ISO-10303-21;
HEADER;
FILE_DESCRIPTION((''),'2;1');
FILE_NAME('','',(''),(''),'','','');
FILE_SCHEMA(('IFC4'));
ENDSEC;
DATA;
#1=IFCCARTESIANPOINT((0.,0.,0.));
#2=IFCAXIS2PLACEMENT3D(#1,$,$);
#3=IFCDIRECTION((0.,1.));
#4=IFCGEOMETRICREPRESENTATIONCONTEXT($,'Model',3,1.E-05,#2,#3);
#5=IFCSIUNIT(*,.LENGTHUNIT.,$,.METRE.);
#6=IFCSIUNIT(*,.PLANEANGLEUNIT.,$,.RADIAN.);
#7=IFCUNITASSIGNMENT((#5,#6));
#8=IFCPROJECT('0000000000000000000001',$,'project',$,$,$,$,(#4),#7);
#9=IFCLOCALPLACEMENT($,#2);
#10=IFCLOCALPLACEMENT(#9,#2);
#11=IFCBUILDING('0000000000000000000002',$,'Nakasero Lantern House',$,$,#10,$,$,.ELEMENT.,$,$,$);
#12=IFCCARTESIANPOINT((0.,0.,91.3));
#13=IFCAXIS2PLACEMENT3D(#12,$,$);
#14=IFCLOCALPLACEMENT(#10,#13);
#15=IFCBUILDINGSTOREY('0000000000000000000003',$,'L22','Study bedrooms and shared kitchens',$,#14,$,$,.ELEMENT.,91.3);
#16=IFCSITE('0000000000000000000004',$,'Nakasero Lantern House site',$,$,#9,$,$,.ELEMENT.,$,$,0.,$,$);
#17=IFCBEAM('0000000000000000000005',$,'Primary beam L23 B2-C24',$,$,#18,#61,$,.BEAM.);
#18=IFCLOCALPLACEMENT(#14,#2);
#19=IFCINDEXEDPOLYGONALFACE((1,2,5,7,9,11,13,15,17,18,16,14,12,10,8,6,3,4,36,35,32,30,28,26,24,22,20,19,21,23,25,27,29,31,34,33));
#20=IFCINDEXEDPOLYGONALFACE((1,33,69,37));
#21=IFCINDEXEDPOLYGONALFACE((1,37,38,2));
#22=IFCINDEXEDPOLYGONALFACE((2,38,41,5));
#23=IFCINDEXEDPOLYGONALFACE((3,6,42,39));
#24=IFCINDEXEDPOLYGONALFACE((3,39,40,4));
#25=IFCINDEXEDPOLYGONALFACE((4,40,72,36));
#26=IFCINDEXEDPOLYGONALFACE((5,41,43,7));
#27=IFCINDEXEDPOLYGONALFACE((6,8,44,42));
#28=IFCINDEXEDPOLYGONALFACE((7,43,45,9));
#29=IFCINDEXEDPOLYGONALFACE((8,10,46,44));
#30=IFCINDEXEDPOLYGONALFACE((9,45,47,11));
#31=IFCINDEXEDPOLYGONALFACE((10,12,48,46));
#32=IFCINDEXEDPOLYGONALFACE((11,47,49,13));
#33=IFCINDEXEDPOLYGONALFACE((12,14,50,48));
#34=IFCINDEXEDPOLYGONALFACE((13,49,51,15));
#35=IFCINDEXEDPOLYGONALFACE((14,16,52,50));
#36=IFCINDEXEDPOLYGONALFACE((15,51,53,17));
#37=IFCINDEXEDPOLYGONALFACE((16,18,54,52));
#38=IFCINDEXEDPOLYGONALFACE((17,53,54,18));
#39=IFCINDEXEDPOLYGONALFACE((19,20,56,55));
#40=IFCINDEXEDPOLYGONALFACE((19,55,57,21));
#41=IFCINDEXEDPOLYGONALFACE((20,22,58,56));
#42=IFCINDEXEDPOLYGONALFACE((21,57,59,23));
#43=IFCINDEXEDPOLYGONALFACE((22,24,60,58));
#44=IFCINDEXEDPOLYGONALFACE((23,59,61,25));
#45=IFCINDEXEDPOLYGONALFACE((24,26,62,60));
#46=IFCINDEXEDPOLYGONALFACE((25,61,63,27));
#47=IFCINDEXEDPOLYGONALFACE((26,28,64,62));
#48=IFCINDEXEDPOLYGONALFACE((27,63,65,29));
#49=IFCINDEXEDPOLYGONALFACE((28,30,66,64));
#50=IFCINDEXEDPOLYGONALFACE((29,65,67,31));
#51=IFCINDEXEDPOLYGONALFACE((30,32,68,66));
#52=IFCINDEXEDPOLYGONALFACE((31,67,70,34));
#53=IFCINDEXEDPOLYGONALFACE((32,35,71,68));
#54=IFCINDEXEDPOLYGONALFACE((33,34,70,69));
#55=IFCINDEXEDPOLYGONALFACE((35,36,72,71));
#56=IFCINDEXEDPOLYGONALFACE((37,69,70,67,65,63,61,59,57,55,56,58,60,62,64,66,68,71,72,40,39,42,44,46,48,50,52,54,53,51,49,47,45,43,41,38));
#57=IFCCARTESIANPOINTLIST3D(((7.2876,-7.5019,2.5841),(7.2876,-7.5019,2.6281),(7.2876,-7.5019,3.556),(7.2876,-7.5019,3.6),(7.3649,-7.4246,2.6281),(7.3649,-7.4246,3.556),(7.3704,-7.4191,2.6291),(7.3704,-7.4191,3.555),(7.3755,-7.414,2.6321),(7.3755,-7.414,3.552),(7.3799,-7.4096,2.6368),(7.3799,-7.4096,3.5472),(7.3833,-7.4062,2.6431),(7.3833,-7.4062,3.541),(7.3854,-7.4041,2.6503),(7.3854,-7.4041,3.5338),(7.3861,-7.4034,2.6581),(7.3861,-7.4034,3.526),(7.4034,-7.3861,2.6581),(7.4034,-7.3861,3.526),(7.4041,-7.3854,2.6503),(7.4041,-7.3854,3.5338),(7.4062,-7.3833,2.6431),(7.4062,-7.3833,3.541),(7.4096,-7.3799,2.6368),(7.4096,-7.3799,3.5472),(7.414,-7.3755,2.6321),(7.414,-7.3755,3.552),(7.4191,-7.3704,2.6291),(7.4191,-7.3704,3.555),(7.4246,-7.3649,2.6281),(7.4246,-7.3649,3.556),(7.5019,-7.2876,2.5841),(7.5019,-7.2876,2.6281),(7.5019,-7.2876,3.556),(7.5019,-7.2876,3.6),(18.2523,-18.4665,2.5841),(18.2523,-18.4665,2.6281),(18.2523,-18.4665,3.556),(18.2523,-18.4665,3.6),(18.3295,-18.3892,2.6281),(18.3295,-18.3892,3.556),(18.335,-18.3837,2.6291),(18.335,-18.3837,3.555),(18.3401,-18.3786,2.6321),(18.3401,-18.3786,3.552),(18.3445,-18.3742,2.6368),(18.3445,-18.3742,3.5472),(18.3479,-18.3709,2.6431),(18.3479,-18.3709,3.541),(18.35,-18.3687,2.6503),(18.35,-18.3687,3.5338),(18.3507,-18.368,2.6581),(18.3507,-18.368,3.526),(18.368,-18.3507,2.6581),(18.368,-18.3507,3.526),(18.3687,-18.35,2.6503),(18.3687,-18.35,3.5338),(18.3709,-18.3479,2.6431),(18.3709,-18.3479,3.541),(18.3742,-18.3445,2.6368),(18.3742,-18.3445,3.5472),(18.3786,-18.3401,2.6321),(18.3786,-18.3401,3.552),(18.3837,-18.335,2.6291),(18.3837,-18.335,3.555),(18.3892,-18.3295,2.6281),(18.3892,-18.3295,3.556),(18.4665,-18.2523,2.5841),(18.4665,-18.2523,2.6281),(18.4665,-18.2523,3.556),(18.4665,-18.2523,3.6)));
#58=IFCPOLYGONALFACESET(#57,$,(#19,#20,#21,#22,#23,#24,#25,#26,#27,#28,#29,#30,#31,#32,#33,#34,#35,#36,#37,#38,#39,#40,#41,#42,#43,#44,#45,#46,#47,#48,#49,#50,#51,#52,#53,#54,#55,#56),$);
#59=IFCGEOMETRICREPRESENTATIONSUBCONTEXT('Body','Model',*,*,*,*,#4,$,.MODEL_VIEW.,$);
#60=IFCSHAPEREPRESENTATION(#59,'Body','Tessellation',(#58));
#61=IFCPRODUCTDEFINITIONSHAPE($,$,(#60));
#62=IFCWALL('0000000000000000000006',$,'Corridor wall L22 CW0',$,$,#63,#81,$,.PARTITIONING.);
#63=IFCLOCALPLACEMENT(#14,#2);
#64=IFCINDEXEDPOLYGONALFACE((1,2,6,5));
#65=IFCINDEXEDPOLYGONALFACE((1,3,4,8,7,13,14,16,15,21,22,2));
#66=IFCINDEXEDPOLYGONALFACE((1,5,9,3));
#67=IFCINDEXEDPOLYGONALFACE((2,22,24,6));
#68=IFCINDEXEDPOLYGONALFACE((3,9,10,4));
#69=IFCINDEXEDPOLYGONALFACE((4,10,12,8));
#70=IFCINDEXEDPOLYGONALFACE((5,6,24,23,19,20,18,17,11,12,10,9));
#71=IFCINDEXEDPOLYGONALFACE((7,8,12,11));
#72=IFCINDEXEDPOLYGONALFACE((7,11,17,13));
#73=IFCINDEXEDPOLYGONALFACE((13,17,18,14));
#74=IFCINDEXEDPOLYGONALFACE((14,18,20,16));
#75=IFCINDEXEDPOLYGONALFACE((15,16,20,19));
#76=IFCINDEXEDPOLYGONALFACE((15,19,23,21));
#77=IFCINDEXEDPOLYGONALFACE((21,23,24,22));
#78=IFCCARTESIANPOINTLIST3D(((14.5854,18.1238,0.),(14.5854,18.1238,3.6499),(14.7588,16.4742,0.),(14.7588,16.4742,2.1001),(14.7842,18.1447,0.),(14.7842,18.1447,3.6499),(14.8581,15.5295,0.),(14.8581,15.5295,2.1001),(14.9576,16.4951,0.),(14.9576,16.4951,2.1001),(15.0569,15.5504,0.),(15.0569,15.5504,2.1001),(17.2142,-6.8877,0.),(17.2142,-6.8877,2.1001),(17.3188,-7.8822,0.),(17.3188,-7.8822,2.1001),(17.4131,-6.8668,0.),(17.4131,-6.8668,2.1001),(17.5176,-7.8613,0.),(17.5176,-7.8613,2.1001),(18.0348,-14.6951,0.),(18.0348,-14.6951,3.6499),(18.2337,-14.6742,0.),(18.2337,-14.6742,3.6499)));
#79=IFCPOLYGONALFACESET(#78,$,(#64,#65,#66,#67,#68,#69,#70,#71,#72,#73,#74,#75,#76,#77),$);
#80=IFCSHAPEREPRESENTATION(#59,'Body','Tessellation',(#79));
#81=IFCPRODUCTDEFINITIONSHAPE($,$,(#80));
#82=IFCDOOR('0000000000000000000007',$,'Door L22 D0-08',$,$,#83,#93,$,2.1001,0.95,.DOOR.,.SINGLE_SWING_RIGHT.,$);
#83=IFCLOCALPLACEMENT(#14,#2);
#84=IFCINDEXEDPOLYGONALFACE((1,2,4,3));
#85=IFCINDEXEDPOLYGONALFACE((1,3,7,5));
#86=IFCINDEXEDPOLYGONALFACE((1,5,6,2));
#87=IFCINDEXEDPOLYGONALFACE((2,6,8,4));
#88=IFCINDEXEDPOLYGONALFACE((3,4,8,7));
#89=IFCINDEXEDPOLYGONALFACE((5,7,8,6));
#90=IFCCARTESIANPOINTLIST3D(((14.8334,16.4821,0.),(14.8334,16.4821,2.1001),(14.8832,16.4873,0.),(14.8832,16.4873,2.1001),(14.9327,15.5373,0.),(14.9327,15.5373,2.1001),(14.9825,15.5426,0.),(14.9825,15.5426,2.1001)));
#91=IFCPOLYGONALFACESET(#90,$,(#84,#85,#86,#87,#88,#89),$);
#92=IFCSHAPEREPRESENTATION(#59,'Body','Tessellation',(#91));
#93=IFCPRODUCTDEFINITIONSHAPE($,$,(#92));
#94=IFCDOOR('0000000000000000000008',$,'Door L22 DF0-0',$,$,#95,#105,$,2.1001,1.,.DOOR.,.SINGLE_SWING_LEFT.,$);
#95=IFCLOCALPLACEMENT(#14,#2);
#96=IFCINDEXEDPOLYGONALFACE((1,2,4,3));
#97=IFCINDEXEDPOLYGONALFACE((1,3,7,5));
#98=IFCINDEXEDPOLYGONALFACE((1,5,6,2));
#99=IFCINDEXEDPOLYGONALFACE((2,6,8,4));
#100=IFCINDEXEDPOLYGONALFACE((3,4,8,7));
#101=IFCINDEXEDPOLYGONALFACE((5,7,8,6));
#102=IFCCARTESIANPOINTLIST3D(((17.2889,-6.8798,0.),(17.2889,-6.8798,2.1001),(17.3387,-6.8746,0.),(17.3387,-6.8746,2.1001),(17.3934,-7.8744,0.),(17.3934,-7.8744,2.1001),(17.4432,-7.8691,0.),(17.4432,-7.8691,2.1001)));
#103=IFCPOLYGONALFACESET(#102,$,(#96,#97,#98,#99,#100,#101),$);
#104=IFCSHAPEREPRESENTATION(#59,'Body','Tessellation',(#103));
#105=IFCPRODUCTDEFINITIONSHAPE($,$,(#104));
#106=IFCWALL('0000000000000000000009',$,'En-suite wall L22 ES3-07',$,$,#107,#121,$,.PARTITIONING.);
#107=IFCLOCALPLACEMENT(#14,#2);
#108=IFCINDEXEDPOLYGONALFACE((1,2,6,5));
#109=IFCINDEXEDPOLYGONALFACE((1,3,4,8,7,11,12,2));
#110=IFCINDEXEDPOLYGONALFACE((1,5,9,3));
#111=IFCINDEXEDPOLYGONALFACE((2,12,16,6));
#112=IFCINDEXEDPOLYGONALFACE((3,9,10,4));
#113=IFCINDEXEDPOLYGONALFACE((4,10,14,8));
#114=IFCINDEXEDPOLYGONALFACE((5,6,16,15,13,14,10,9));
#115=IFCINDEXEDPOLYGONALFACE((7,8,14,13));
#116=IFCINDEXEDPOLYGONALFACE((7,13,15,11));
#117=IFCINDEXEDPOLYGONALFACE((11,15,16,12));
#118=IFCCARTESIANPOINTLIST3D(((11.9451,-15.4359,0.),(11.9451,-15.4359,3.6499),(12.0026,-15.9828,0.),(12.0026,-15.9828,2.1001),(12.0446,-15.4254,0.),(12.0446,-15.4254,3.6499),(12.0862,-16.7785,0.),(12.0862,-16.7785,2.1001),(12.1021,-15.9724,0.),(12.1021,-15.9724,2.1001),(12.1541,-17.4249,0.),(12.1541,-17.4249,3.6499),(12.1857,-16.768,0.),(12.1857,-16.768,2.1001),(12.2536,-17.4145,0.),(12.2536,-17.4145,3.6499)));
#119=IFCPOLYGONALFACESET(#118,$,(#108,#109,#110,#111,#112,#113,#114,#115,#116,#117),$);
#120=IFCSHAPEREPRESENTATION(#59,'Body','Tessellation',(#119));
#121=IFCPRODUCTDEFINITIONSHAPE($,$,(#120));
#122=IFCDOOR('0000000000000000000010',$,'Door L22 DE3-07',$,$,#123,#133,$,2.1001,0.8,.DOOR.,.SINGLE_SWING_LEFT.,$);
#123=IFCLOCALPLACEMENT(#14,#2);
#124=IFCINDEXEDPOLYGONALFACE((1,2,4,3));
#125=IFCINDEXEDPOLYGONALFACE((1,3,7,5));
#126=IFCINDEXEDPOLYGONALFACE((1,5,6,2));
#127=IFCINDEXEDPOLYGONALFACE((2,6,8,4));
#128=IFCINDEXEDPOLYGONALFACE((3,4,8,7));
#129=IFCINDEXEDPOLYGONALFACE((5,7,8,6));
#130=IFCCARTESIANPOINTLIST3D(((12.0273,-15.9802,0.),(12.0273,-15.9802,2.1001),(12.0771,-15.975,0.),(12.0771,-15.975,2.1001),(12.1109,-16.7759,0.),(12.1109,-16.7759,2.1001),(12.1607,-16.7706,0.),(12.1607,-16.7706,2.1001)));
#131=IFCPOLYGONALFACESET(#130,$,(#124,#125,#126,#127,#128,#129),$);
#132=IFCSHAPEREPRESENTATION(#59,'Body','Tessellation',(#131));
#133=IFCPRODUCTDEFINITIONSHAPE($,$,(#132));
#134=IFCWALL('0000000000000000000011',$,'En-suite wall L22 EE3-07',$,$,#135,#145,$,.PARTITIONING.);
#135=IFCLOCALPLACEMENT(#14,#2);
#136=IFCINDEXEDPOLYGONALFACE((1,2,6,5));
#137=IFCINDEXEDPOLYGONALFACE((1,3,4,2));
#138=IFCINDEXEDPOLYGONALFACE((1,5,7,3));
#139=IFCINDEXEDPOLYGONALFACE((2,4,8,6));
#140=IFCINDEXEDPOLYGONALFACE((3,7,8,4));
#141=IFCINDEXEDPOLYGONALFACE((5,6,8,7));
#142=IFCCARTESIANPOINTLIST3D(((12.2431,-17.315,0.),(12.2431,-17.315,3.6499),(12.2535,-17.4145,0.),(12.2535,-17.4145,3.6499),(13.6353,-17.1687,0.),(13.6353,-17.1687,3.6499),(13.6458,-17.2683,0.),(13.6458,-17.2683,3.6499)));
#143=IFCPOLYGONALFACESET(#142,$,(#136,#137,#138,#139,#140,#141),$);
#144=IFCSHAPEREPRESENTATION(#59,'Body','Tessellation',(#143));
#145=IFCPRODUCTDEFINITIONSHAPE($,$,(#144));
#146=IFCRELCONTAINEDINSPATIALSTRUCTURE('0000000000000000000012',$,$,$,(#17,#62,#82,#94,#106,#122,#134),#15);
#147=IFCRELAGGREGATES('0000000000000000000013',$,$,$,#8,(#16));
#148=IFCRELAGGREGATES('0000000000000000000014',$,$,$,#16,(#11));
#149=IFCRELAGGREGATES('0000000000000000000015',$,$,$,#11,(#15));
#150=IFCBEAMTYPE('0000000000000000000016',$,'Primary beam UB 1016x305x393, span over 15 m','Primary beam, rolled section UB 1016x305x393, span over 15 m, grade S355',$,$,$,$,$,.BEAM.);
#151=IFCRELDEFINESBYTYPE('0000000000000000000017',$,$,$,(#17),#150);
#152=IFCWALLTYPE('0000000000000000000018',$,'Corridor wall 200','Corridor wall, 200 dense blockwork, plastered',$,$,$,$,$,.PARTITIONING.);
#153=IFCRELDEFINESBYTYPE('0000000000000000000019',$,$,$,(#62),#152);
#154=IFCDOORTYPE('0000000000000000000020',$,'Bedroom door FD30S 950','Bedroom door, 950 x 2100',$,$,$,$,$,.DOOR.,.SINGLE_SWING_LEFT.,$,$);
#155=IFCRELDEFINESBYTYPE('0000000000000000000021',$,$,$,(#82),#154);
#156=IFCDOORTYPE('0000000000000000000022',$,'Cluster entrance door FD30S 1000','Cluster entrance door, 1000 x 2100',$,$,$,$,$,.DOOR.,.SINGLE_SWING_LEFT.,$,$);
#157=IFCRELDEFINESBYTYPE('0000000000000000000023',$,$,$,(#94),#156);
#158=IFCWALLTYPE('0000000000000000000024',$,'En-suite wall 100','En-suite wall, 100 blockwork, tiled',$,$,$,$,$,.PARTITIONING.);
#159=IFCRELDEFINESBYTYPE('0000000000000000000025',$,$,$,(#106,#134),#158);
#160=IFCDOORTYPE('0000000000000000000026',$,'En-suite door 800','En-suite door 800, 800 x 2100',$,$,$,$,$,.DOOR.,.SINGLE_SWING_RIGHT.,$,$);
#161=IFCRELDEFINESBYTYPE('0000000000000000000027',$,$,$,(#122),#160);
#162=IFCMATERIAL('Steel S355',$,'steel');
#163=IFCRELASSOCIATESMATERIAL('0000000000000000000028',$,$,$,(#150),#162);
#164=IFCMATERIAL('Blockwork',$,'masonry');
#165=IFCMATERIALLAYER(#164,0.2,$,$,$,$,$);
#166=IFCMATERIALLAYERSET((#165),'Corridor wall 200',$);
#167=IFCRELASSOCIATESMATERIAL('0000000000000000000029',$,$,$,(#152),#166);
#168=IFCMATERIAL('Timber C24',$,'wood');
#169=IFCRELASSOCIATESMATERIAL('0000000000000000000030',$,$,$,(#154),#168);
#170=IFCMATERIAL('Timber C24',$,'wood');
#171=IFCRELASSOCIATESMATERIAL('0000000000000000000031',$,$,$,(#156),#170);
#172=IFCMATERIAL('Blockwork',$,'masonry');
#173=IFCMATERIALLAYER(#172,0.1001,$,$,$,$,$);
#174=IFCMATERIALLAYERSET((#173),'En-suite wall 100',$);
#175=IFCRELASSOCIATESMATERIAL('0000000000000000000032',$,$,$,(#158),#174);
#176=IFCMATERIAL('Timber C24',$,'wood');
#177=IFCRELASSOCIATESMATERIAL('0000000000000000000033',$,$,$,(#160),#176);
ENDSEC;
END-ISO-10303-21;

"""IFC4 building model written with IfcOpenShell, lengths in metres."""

from ifc_helpers import new_model, si_unit, direction, frame, frame_2d, origin, origin_2d, place, context, subcontext, project, spatial, rectangle, i_section, extrude, material, layer, layer_set, material_profile, profile_set, type_object, element, fill, save


model = new_model("IFC4")

# Units and contexts
model_context = context("Model", 3, precision=1e-05, world=origin(), true_north=direction((0.0, 1.0)))
body_context = subcontext(model_context, "Body", "Model", "MODEL_VIEW")
ifc_project = project(units=[si_unit("LENGTHUNIT", "METRE"), si_unit("PLANEANGLEUNIT", "RADIAN")], contexts=[model_context])

# Site, building, storey
site_placement = place(None, origin())
site = spatial("IfcSite", under=ifc_project, at=site_placement, Name="Nakasero Lantern House site", CompositionType="ELEMENT", RefElevation=0.0)
building_placement = place(site_placement, origin())
building = spatial("IfcBuilding", under=site, at=building_placement, Name="Nakasero Lantern House", CompositionType="ELEMENT")
storey_placement = place(building_placement, frame((0.0, 0.0, 91.3)))
storey = spatial("IfcBuildingStorey", under=building, at=storey_placement, Name="L22", Description="Study bedrooms and shared kitchens", CompositionType="ELEMENT", Elevation=91.3)

# Beam
ifc_material_1 = material(Name="Steel S355", Category="steel")
ifc_material_profile_1 = material_profile(ifc_material_1, i_section(OverallWidth=0.303, OverallDepth=1.0159, WebThickness=0.0244, FlangeThickness=0.0439, FilletRadius=0.03, at=origin_2d()), Name="UB 1016x305x393")
ifc_profile_set_1 = profile_set([ifc_material_profile_1], Name="Steel S355")
beam_type_1 = type_object("IfcBeamType", Name="Primary beam UB 1016x305x393, span over 15 m", Description="Primary beam, rolled section UB 1016x305x393, span over 15 m, grade S355", PredefinedType="BEAM", material=ifc_profile_set_1)
beam_1_placement = place(storey_placement, frame((18.3594, -18.3594, 3.092), z_axis=(-0.707107, 0.707107, 0.0), x_axis=(-0.707107, -0.707107, 0.0)))
element("IfcBeam", 1, at=beam_1_placement, inside=storey, type_object=beam_type_1, Name="Primary beam L23 B2-C24", PredefinedType="BEAM", context=body_context, shape_type="SweptSolid", body=[
    extrude(i_section(OverallWidth=0.303, OverallDepth=1.0159, WebThickness=0.0244, FlangeThickness=0.0439, FilletRadius=0.03, at=origin_2d()), origin(), (0.0, 0.0, 1.0), 15.5063),
])

# Wall, openings, doors
ifc_material_2 = material(Name="Blockwork", Category="masonry")
ifc_layer_1 = layer(ifc_material_2, 0.2)
ifc_layer_set_1 = layer_set([ifc_layer_1], Name="Corridor wall 200")
wall_type_1 = type_object("IfcWallType", Name="Corridor wall 200", Description="Corridor wall, 200 dense blockwork, plastered", PredefinedType="PARTITIONING", material=ifc_layer_set_1)
wall_1_placement = place(storey_placement, frame((18.1343, -14.6848, 0.0), z_axis=(0.0, 0.0, 1.0), x_axis=(-0.10453, 0.994522, 0.0)))
wall_1 = element("IfcWall", 2, at=wall_1_placement, inside=storey, type_object=wall_type_1, Name="Corridor wall L22 CW0", PredefinedType="PARTITIONING", context=body_context, shape_type="SweptSolid", body=[
    extrude(rectangle(XDim=32.9998, YDim=0.2, at=frame_2d((16.5, 0.0))), origin(), (0.0, 0.0, 1.0), 3.6499),
])
opening_1_placement = place(wall_1_placement, frame((6.8506, 0.0, 0.0)))
opening_1 = element("IfcOpeningElement", 3, at=opening_1_placement, cuts=wall_1, PredefinedType="OPENING", context=body_context, shape_type="SweptSolid", body=[
    extrude(rectangle(XDim=1.0, YDim=2.1001, at=frame_2d((0.5, 1.05))), frame((0.0, 0.1199, 0.0), z_axis=(0.0, -1.0, 0.0), x_axis=(1.0, 0.0, 0.0)), (0.0, 0.0, 1.0), 0.24),
])
opening_2_placement = place(wall_1_placement, frame((30.3911, 0.0, 0.0)))
opening_2 = element("IfcOpeningElement", 4, at=opening_2_placement, cuts=wall_1, PredefinedType="OPENING", context=body_context, shape_type="SweptSolid", body=[
    extrude(rectangle(XDim=0.95, YDim=2.1001, at=frame_2d((0.4751, 1.05))), frame((0.0, 0.1199, 0.0), z_axis=(0.0, -1.0, 0.0), x_axis=(1.0, 0.0, 0.0)), (0.0, 0.0, 1.0), 0.24),
])
ifc_material_3 = material(Name="Timber C24", Category="wood")
door_type_1 = type_object("IfcDoorType", Name="Bedroom door FD30S 950", Description="Bedroom door, 950 x 2100", OperationType="SINGLE_SWING_LEFT", PredefinedType="DOOR", material=ifc_material_3)
door_1_placement = place(opening_2_placement, origin())
door_1 = element("IfcDoor", 5, at=door_1_placement, inside=storey, type_object=door_type_1, Name="Door L22 D0-08", OperationType="SINGLE_SWING_RIGHT", OverallHeight=2.1001, OverallWidth=0.95, PredefinedType="DOOR", context=body_context, shape_type="SweptSolid", body=[
    extrude(rectangle(XDim=0.95, YDim=2.1001, at=frame_2d((0.4751, 1.05))), frame((0.0, 0.0249, 0.0), z_axis=(0.0, -1.0, 0.0), x_axis=(1.0, 0.0, 0.0)), (0.0, 0.0, 1.0), 0.05),
])
fill(opening_2, door_1)
ifc_material_4 = material(Name="Timber C24", Category="wood")
door_type_2 = type_object("IfcDoorType", Name="Cluster entrance door FD30S 1000", Description="Cluster entrance door, 1000 x 2100", OperationType="SINGLE_SWING_LEFT", PredefinedType="DOOR", material=ifc_material_4)
door_2_placement = place(opening_1_placement, origin())
door_2 = element("IfcDoor", 6, at=door_2_placement, inside=storey, type_object=door_type_2, Name="Door L22 DF0-0", OperationType="SINGLE_SWING_LEFT", OverallHeight=2.1001, OverallWidth=1.0, PredefinedType="DOOR", context=body_context, shape_type="SweptSolid", body=[
    extrude(rectangle(XDim=1.0, YDim=2.1001, at=frame_2d((0.5, 1.05))), frame((0.0, 0.0249, 0.0), z_axis=(0.0, -1.0, 0.0), x_axis=(1.0, 0.0, 0.0)), (0.0, 0.0, 1.0), 0.05),
])
fill(opening_1, door_2)

# Wall, opening, door
ifc_material_5 = material(Name="Blockwork", Category="masonry")
ifc_layer_2 = layer(ifc_material_5, 0.1001)
ifc_layer_set_2 = layer_set([ifc_layer_2], Name="En-suite wall 100")
wall_type_2 = type_object("IfcWallType", Name="En-suite wall 100", Description="En-suite wall, 100 blockwork, tiled", PredefinedType="PARTITIONING", material=ifc_layer_set_2)
wall_2_placement = place(storey_placement, frame((11.9949, -15.4307, 0.0), z_axis=(0.0, 0.0, 1.0), x_axis=(0.104494, -0.994526, 0.0)))
wall_2 = element("IfcWall", 7, at=wall_2_placement, inside=storey, type_object=wall_type_2, Name="En-suite wall L22 ES3-07", PredefinedType="PARTITIONING", context=body_context, shape_type="SweptSolid", body=[
    extrude(rectangle(XDim=2.0, YDim=0.1001, at=frame_2d((1.0, 0.0))), origin(), (0.0, 0.0, 1.0), 3.6499),
])
opening_3_placement = place(wall_2_placement, frame((0.55, 0.0, 0.0)))
opening_3 = element("IfcOpeningElement", 8, at=opening_3_placement, cuts=wall_2, PredefinedType="OPENING", context=body_context, shape_type="SweptSolid", body=[
    extrude(rectangle(XDim=0.8, YDim=2.1001, at=frame_2d((0.3999, 1.05))), frame((0.0, 0.0701, 0.0), z_axis=(0.0, -1.0, 0.0), x_axis=(1.0, 0.0, 0.0)), (0.0, 0.0, 1.0), 0.1401),
])
ifc_material_6 = material(Name="Timber C24", Category="wood")
door_type_3 = type_object("IfcDoorType", Name="En-suite door 800", Description="En-suite door 800, 800 x 2100", OperationType="SINGLE_SWING_RIGHT", PredefinedType="DOOR", material=ifc_material_6)
door_3_placement = place(opening_3_placement, origin())
door_3 = element("IfcDoor", 9, at=door_3_placement, inside=storey, type_object=door_type_3, Name="Door L22 DE3-07", OperationType="SINGLE_SWING_LEFT", OverallHeight=2.1001, OverallWidth=0.8, PredefinedType="DOOR", context=body_context, shape_type="SweptSolid", body=[
    extrude(rectangle(XDim=0.8, YDim=2.1001, at=frame_2d((0.3999, 1.05))), frame((0.0, 0.0249, 0.0), z_axis=(0.0, -1.0, 0.0), x_axis=(1.0, 0.0, 0.0)), (0.0, 0.0, 1.0), 0.05),
])
fill(opening_3, door_3)

# Wall
wall_3_placement = place(storey_placement, frame((12.2483, -17.3647, 0.0), z_axis=(0.0, 0.0, 1.0), x_axis=(0.994529, 0.104458, 0.0)))
element("IfcWall", 10, at=wall_3_placement, inside=storey, type_object=wall_type_2, Name="En-suite wall L22 EE3-07", PredefinedType="PARTITIONING", context=body_context, shape_type="SweptSolid", body=[
    extrude(rectangle(XDim=1.3999, YDim=0.1001, at=frame_2d((0.7, 0.0))), origin(), (0.0, 0.0, 1.0), 3.6499),
])

save(model, "model.ifc")
